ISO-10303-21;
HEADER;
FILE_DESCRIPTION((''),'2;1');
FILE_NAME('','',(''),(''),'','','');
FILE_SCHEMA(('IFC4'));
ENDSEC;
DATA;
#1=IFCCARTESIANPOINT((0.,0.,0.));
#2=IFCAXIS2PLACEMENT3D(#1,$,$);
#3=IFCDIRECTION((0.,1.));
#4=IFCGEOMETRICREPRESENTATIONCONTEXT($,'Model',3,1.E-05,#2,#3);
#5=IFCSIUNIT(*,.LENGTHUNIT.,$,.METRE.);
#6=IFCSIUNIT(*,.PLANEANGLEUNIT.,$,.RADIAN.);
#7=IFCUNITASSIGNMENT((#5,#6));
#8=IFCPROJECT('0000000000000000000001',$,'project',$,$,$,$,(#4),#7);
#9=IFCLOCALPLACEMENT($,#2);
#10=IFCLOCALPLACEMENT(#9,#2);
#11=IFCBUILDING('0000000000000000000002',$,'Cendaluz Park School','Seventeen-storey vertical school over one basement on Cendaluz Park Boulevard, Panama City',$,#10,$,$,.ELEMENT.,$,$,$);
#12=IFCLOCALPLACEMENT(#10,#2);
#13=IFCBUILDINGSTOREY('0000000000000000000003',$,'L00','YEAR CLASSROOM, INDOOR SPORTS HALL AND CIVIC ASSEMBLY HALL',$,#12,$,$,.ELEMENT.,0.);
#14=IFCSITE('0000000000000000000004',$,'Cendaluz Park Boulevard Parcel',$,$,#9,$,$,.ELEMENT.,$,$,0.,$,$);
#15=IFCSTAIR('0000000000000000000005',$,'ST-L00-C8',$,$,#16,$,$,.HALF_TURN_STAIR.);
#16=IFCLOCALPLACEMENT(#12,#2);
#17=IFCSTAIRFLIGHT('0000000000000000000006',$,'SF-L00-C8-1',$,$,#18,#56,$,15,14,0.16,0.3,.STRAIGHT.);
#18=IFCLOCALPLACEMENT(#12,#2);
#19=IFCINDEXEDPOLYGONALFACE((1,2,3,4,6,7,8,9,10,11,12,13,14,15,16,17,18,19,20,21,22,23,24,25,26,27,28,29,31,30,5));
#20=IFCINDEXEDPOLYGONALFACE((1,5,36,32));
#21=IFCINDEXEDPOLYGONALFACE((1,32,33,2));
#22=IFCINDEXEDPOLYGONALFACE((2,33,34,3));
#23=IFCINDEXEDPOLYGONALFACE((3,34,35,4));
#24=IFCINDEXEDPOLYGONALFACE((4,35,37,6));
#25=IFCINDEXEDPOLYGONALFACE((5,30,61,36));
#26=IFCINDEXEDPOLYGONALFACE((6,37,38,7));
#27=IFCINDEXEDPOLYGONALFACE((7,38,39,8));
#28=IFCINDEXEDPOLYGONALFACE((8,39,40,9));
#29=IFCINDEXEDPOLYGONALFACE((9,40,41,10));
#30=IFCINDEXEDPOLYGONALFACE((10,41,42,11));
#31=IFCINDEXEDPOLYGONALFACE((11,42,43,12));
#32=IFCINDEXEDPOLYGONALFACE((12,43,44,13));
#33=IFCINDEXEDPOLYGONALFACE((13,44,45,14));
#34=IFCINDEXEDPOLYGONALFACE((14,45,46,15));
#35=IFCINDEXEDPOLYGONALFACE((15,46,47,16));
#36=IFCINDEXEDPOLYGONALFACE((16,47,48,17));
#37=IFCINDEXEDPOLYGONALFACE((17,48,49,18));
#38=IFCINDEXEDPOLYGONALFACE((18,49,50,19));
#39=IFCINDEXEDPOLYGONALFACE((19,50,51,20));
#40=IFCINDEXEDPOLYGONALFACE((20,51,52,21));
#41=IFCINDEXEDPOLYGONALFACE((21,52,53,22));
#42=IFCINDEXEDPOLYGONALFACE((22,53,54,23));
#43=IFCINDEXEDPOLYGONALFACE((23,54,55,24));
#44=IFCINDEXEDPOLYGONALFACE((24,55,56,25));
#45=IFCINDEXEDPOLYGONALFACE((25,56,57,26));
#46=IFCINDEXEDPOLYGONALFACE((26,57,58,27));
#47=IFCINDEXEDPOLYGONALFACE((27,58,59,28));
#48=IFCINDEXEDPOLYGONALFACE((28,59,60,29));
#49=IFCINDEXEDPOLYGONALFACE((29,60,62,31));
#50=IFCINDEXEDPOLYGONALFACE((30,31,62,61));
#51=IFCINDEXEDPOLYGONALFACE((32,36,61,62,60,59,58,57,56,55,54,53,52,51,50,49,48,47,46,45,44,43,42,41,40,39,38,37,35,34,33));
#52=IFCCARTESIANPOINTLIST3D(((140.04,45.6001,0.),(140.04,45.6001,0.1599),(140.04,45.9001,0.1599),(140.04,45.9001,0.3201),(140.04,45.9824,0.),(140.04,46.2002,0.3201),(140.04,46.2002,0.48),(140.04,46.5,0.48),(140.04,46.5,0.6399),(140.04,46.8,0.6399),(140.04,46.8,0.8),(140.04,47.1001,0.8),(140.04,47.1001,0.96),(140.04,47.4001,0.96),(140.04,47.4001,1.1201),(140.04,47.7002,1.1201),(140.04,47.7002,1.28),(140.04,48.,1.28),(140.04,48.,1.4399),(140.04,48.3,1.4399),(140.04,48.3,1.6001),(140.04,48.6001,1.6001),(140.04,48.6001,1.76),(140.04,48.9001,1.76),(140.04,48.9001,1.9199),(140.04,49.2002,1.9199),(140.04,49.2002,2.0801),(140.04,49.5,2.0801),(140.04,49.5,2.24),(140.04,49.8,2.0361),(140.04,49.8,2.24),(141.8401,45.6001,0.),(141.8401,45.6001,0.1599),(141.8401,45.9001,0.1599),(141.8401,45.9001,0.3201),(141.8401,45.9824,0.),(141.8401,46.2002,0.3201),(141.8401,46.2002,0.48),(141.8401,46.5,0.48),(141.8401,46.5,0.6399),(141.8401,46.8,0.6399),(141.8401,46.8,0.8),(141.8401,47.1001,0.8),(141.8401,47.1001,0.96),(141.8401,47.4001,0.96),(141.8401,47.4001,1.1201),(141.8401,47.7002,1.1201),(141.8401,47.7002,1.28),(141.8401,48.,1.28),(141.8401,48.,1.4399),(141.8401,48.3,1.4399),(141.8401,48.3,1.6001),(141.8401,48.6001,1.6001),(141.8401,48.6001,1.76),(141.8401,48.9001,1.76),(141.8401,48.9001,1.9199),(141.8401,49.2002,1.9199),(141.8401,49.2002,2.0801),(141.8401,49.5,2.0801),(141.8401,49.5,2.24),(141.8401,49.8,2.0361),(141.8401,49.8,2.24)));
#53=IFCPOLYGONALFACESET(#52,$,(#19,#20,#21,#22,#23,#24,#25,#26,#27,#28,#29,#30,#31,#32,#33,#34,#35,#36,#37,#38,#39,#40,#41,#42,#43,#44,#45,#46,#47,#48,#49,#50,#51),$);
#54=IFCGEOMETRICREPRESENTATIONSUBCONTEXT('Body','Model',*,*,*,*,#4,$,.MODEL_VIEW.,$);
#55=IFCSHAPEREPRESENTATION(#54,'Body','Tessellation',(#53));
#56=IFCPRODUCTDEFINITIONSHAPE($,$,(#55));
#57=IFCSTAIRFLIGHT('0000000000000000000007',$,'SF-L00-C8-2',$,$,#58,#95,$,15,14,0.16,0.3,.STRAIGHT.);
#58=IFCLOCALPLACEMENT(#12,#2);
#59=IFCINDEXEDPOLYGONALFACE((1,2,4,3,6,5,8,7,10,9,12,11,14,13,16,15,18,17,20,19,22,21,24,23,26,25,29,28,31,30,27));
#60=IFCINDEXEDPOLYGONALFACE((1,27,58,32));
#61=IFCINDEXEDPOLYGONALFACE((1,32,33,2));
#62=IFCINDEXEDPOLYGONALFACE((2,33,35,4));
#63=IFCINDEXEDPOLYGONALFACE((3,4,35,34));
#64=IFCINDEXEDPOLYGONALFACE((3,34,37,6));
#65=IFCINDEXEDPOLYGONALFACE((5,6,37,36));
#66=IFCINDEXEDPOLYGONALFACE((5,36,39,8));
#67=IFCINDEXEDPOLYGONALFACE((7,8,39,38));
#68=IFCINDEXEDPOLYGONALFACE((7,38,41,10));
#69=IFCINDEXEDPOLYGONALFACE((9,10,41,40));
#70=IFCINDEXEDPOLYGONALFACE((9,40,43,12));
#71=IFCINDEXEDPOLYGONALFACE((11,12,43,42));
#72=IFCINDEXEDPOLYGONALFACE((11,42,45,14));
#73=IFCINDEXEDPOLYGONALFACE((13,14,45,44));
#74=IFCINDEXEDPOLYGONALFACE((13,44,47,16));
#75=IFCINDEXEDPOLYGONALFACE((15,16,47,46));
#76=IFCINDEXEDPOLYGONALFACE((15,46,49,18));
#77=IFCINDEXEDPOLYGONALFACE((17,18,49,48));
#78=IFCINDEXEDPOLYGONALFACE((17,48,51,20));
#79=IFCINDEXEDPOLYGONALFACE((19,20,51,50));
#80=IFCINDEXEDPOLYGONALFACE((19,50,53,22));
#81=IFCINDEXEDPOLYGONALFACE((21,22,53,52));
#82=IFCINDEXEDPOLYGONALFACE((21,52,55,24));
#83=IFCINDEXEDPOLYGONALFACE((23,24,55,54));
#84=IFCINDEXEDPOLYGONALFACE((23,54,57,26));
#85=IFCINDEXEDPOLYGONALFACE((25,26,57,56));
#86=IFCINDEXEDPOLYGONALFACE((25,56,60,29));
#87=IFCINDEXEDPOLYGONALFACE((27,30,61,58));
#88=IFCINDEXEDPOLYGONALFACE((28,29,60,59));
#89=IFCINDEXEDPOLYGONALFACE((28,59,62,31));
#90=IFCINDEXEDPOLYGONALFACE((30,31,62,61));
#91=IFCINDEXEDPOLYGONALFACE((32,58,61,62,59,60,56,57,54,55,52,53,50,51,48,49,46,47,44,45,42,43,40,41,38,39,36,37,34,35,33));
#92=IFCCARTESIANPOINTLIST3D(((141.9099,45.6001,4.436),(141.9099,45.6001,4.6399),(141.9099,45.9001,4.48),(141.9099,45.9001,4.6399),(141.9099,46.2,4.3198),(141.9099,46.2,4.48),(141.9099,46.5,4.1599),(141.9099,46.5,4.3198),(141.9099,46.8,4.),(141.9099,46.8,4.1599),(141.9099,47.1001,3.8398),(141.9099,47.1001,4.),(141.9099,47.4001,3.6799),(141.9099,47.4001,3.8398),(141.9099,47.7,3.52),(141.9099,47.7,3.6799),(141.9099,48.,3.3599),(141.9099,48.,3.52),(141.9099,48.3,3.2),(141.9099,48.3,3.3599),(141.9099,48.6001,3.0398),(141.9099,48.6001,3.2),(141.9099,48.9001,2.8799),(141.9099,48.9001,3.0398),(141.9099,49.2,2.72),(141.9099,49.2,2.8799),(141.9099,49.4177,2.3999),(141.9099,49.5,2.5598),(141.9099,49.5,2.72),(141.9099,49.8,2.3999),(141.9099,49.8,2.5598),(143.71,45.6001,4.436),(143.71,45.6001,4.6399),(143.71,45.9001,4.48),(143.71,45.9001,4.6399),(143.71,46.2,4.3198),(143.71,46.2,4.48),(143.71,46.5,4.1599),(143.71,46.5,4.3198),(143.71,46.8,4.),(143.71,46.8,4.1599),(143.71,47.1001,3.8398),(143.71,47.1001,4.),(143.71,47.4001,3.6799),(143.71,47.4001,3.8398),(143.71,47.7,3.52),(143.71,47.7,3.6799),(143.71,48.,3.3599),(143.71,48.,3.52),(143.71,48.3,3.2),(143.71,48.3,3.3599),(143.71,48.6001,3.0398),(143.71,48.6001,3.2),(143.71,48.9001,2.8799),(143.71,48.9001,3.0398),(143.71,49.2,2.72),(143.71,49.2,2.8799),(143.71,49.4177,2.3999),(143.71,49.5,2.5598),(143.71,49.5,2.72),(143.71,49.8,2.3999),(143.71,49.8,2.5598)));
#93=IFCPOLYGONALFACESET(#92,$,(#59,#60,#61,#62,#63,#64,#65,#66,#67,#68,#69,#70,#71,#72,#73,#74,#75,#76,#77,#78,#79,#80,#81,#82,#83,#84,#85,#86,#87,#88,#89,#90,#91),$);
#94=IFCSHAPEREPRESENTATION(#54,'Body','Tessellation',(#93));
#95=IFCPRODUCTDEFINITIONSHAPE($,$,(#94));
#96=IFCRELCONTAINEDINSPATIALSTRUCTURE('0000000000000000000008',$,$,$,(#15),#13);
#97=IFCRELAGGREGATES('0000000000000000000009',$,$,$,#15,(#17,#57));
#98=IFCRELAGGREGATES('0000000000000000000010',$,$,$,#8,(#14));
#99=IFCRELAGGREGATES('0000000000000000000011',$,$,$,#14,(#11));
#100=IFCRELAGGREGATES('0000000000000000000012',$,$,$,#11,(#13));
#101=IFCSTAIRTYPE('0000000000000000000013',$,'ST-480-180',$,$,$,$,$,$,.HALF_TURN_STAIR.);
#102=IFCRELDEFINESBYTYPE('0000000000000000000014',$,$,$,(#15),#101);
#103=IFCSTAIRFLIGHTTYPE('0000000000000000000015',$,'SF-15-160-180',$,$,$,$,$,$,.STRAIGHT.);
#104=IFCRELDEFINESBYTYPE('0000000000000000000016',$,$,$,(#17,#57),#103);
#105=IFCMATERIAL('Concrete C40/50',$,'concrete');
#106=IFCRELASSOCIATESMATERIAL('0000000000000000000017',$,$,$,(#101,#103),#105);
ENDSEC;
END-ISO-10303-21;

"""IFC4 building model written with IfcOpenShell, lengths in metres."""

from ifc_helpers import new_model, si_unit, direction, frame, origin, place, context, subcontext, project, spatial, polyline, outline, extrude, material, type_object, element, aggregate, save


model = new_model("IFC4")

# Units and contexts
model_context = context("Model", 3, precision=1e-05, world=origin(), true_north=direction((0.0, 1.0)))
body_context = subcontext(model_context, "Body", "Model", "MODEL_VIEW")
ifc_project = project(units=[si_unit("LENGTHUNIT", "METRE"), si_unit("PLANEANGLEUNIT", "RADIAN")], contexts=[model_context])

# Site, building, storey
site_placement = place(None, origin())
site = spatial("IfcSite", under=ifc_project, at=site_placement, Name="Cendaluz Park Boulevard Parcel", CompositionType="ELEMENT", RefElevation=0.0)
building_placement = place(site_placement, origin())
building = spatial("IfcBuilding", under=site, at=building_placement, Name="Cendaluz Park School", Description="Seventeen-storey vertical school over one basement on Cendaluz Park Boulevard, Panama City", CompositionType="ELEMENT")
storey_placement = place(building_placement, origin())
storey = spatial("IfcBuildingStorey", under=building, at=storey_placement, Name="L00", Description="YEAR CLASSROOM, INDOOR SPORTS HALL AND CIVIC ASSEMBLY HALL", CompositionType="ELEMENT", Elevation=0.0)

# Shared definitions
ifc_material_1 = material(Name="Concrete C40/50", Category="concrete")

# Stair, stair flights
stair_type = type_object("IfcStairType", Name="ST-480-180", PredefinedType="HALF_TURN_STAIR", material=ifc_material_1)
stair_placement = place(storey_placement, origin())
stair = element("IfcStair", 1, at=stair_placement, inside=storey, type_object=stair_type, Name="ST-L00-C8", PredefinedType="HALF_TURN_STAIR")
stair_flight_type = type_object("IfcStairFlightType", Name="SF-15-160-180", PredefinedType="STRAIGHT", material=ifc_material_1)
stair_flight_1_placement = place(storey_placement, frame((140.9399, 45.6001, 0.0), z_axis=(0.0, 0.0, 1.0), x_axis=(0.0, 1.0, 0.0)))
stair_flight_1 = element("IfcStairFlight", 2, at=stair_flight_1_placement, type_object=stair_flight_type, Name="SF-L00-C8-1", NumberOfRisers=15, NumberOfTreads=14, PredefinedType="STRAIGHT", RiserHeight=0.16, TreadLength=0.3, context=body_context, shape_type="SweptSolid", body=[
    extrude(outline(polyline([(0.0, 0.0), (0.0, 0.1599), (0.3, 0.1599), (0.3, 0.3201), (0.6001, 0.3201), (0.6001, 0.48), (0.8999, 0.48), (0.8999, 0.6399), (1.2, 0.6399), (1.2, 0.8), (1.5, 0.8), (1.5, 0.96), (1.8, 0.96), (1.8, 1.1201), (2.1001, 1.1201), (2.1001, 1.28), (2.3999, 1.28), (2.3999, 1.4399), (2.7, 1.4399), (2.7, 1.6001), (3.0, 1.6001), (3.0, 1.76), (3.3, 1.76), (3.3, 1.9199), (3.6001, 1.9199), (3.6001, 2.0801), (3.8999, 2.0801), (3.8999, 2.24), (4.2, 2.24), (4.2, 2.3999), (4.2, 2.0361), (0.3823, 0.0), (0.0, 0.0)])), frame((0.0, 0.8999, 0.0), z_axis=(0.0, -1.0, 0.0), x_axis=(1.0, 0.0, 0.0)), (0.0, 0.0, 1.0), 1.8),
])
stair_flight_2_placement = place(storey_placement, frame((142.8101, 49.8, 2.3999), z_axis=(0.0, 0.0, 1.0), x_axis=(0.0, -1.0, 0.0)))
stair_flight_2 = element("IfcStairFlight", 3, at=stair_flight_2_placement, type_object=stair_flight_type, Name="SF-L00-C8-2", NumberOfRisers=15, NumberOfTreads=14, PredefinedType="STRAIGHT", RiserHeight=0.16, TreadLength=0.3, context=body_context, shape_type="SweptSolid", body=[
    extrude(outline(polyline([(0.0, 0.0), (0.0, 0.1599), (0.3, 0.1599), (0.3, 0.3201), (0.6001, 0.3201), (0.6001, 0.48), (0.8999, 0.48), (0.8999, 0.6399), (1.2, 0.6399), (1.2, 0.8), (1.5, 0.8), (1.5, 0.96), (1.8, 0.96), (1.8, 1.1201), (2.1001, 1.1201), (2.1001, 1.28), (2.3999, 1.28), (2.3999, 1.4399), (2.7, 1.4399), (2.7, 1.6001), (3.0, 1.6001), (3.0, 1.76), (3.3, 1.76), (3.3, 1.9199), (3.6001, 1.9199), (3.6001, 2.0801), (3.8999, 2.0801), (3.8999, 2.24), (4.2, 2.24), (4.2, 2.3999), (4.2, 2.0361), (0.3823, 0.0), (0.0, 0.0)])), frame((0.0, 0.8999, 0.0), z_axis=(0.0, -1.0, 0.0), x_axis=(1.0, 0.0, 0.0)), (0.0, 0.0, 1.0), 1.8),
])
aggregate(stair, [stair_flight_1, stair_flight_2])

save(model, "model.ifc")
